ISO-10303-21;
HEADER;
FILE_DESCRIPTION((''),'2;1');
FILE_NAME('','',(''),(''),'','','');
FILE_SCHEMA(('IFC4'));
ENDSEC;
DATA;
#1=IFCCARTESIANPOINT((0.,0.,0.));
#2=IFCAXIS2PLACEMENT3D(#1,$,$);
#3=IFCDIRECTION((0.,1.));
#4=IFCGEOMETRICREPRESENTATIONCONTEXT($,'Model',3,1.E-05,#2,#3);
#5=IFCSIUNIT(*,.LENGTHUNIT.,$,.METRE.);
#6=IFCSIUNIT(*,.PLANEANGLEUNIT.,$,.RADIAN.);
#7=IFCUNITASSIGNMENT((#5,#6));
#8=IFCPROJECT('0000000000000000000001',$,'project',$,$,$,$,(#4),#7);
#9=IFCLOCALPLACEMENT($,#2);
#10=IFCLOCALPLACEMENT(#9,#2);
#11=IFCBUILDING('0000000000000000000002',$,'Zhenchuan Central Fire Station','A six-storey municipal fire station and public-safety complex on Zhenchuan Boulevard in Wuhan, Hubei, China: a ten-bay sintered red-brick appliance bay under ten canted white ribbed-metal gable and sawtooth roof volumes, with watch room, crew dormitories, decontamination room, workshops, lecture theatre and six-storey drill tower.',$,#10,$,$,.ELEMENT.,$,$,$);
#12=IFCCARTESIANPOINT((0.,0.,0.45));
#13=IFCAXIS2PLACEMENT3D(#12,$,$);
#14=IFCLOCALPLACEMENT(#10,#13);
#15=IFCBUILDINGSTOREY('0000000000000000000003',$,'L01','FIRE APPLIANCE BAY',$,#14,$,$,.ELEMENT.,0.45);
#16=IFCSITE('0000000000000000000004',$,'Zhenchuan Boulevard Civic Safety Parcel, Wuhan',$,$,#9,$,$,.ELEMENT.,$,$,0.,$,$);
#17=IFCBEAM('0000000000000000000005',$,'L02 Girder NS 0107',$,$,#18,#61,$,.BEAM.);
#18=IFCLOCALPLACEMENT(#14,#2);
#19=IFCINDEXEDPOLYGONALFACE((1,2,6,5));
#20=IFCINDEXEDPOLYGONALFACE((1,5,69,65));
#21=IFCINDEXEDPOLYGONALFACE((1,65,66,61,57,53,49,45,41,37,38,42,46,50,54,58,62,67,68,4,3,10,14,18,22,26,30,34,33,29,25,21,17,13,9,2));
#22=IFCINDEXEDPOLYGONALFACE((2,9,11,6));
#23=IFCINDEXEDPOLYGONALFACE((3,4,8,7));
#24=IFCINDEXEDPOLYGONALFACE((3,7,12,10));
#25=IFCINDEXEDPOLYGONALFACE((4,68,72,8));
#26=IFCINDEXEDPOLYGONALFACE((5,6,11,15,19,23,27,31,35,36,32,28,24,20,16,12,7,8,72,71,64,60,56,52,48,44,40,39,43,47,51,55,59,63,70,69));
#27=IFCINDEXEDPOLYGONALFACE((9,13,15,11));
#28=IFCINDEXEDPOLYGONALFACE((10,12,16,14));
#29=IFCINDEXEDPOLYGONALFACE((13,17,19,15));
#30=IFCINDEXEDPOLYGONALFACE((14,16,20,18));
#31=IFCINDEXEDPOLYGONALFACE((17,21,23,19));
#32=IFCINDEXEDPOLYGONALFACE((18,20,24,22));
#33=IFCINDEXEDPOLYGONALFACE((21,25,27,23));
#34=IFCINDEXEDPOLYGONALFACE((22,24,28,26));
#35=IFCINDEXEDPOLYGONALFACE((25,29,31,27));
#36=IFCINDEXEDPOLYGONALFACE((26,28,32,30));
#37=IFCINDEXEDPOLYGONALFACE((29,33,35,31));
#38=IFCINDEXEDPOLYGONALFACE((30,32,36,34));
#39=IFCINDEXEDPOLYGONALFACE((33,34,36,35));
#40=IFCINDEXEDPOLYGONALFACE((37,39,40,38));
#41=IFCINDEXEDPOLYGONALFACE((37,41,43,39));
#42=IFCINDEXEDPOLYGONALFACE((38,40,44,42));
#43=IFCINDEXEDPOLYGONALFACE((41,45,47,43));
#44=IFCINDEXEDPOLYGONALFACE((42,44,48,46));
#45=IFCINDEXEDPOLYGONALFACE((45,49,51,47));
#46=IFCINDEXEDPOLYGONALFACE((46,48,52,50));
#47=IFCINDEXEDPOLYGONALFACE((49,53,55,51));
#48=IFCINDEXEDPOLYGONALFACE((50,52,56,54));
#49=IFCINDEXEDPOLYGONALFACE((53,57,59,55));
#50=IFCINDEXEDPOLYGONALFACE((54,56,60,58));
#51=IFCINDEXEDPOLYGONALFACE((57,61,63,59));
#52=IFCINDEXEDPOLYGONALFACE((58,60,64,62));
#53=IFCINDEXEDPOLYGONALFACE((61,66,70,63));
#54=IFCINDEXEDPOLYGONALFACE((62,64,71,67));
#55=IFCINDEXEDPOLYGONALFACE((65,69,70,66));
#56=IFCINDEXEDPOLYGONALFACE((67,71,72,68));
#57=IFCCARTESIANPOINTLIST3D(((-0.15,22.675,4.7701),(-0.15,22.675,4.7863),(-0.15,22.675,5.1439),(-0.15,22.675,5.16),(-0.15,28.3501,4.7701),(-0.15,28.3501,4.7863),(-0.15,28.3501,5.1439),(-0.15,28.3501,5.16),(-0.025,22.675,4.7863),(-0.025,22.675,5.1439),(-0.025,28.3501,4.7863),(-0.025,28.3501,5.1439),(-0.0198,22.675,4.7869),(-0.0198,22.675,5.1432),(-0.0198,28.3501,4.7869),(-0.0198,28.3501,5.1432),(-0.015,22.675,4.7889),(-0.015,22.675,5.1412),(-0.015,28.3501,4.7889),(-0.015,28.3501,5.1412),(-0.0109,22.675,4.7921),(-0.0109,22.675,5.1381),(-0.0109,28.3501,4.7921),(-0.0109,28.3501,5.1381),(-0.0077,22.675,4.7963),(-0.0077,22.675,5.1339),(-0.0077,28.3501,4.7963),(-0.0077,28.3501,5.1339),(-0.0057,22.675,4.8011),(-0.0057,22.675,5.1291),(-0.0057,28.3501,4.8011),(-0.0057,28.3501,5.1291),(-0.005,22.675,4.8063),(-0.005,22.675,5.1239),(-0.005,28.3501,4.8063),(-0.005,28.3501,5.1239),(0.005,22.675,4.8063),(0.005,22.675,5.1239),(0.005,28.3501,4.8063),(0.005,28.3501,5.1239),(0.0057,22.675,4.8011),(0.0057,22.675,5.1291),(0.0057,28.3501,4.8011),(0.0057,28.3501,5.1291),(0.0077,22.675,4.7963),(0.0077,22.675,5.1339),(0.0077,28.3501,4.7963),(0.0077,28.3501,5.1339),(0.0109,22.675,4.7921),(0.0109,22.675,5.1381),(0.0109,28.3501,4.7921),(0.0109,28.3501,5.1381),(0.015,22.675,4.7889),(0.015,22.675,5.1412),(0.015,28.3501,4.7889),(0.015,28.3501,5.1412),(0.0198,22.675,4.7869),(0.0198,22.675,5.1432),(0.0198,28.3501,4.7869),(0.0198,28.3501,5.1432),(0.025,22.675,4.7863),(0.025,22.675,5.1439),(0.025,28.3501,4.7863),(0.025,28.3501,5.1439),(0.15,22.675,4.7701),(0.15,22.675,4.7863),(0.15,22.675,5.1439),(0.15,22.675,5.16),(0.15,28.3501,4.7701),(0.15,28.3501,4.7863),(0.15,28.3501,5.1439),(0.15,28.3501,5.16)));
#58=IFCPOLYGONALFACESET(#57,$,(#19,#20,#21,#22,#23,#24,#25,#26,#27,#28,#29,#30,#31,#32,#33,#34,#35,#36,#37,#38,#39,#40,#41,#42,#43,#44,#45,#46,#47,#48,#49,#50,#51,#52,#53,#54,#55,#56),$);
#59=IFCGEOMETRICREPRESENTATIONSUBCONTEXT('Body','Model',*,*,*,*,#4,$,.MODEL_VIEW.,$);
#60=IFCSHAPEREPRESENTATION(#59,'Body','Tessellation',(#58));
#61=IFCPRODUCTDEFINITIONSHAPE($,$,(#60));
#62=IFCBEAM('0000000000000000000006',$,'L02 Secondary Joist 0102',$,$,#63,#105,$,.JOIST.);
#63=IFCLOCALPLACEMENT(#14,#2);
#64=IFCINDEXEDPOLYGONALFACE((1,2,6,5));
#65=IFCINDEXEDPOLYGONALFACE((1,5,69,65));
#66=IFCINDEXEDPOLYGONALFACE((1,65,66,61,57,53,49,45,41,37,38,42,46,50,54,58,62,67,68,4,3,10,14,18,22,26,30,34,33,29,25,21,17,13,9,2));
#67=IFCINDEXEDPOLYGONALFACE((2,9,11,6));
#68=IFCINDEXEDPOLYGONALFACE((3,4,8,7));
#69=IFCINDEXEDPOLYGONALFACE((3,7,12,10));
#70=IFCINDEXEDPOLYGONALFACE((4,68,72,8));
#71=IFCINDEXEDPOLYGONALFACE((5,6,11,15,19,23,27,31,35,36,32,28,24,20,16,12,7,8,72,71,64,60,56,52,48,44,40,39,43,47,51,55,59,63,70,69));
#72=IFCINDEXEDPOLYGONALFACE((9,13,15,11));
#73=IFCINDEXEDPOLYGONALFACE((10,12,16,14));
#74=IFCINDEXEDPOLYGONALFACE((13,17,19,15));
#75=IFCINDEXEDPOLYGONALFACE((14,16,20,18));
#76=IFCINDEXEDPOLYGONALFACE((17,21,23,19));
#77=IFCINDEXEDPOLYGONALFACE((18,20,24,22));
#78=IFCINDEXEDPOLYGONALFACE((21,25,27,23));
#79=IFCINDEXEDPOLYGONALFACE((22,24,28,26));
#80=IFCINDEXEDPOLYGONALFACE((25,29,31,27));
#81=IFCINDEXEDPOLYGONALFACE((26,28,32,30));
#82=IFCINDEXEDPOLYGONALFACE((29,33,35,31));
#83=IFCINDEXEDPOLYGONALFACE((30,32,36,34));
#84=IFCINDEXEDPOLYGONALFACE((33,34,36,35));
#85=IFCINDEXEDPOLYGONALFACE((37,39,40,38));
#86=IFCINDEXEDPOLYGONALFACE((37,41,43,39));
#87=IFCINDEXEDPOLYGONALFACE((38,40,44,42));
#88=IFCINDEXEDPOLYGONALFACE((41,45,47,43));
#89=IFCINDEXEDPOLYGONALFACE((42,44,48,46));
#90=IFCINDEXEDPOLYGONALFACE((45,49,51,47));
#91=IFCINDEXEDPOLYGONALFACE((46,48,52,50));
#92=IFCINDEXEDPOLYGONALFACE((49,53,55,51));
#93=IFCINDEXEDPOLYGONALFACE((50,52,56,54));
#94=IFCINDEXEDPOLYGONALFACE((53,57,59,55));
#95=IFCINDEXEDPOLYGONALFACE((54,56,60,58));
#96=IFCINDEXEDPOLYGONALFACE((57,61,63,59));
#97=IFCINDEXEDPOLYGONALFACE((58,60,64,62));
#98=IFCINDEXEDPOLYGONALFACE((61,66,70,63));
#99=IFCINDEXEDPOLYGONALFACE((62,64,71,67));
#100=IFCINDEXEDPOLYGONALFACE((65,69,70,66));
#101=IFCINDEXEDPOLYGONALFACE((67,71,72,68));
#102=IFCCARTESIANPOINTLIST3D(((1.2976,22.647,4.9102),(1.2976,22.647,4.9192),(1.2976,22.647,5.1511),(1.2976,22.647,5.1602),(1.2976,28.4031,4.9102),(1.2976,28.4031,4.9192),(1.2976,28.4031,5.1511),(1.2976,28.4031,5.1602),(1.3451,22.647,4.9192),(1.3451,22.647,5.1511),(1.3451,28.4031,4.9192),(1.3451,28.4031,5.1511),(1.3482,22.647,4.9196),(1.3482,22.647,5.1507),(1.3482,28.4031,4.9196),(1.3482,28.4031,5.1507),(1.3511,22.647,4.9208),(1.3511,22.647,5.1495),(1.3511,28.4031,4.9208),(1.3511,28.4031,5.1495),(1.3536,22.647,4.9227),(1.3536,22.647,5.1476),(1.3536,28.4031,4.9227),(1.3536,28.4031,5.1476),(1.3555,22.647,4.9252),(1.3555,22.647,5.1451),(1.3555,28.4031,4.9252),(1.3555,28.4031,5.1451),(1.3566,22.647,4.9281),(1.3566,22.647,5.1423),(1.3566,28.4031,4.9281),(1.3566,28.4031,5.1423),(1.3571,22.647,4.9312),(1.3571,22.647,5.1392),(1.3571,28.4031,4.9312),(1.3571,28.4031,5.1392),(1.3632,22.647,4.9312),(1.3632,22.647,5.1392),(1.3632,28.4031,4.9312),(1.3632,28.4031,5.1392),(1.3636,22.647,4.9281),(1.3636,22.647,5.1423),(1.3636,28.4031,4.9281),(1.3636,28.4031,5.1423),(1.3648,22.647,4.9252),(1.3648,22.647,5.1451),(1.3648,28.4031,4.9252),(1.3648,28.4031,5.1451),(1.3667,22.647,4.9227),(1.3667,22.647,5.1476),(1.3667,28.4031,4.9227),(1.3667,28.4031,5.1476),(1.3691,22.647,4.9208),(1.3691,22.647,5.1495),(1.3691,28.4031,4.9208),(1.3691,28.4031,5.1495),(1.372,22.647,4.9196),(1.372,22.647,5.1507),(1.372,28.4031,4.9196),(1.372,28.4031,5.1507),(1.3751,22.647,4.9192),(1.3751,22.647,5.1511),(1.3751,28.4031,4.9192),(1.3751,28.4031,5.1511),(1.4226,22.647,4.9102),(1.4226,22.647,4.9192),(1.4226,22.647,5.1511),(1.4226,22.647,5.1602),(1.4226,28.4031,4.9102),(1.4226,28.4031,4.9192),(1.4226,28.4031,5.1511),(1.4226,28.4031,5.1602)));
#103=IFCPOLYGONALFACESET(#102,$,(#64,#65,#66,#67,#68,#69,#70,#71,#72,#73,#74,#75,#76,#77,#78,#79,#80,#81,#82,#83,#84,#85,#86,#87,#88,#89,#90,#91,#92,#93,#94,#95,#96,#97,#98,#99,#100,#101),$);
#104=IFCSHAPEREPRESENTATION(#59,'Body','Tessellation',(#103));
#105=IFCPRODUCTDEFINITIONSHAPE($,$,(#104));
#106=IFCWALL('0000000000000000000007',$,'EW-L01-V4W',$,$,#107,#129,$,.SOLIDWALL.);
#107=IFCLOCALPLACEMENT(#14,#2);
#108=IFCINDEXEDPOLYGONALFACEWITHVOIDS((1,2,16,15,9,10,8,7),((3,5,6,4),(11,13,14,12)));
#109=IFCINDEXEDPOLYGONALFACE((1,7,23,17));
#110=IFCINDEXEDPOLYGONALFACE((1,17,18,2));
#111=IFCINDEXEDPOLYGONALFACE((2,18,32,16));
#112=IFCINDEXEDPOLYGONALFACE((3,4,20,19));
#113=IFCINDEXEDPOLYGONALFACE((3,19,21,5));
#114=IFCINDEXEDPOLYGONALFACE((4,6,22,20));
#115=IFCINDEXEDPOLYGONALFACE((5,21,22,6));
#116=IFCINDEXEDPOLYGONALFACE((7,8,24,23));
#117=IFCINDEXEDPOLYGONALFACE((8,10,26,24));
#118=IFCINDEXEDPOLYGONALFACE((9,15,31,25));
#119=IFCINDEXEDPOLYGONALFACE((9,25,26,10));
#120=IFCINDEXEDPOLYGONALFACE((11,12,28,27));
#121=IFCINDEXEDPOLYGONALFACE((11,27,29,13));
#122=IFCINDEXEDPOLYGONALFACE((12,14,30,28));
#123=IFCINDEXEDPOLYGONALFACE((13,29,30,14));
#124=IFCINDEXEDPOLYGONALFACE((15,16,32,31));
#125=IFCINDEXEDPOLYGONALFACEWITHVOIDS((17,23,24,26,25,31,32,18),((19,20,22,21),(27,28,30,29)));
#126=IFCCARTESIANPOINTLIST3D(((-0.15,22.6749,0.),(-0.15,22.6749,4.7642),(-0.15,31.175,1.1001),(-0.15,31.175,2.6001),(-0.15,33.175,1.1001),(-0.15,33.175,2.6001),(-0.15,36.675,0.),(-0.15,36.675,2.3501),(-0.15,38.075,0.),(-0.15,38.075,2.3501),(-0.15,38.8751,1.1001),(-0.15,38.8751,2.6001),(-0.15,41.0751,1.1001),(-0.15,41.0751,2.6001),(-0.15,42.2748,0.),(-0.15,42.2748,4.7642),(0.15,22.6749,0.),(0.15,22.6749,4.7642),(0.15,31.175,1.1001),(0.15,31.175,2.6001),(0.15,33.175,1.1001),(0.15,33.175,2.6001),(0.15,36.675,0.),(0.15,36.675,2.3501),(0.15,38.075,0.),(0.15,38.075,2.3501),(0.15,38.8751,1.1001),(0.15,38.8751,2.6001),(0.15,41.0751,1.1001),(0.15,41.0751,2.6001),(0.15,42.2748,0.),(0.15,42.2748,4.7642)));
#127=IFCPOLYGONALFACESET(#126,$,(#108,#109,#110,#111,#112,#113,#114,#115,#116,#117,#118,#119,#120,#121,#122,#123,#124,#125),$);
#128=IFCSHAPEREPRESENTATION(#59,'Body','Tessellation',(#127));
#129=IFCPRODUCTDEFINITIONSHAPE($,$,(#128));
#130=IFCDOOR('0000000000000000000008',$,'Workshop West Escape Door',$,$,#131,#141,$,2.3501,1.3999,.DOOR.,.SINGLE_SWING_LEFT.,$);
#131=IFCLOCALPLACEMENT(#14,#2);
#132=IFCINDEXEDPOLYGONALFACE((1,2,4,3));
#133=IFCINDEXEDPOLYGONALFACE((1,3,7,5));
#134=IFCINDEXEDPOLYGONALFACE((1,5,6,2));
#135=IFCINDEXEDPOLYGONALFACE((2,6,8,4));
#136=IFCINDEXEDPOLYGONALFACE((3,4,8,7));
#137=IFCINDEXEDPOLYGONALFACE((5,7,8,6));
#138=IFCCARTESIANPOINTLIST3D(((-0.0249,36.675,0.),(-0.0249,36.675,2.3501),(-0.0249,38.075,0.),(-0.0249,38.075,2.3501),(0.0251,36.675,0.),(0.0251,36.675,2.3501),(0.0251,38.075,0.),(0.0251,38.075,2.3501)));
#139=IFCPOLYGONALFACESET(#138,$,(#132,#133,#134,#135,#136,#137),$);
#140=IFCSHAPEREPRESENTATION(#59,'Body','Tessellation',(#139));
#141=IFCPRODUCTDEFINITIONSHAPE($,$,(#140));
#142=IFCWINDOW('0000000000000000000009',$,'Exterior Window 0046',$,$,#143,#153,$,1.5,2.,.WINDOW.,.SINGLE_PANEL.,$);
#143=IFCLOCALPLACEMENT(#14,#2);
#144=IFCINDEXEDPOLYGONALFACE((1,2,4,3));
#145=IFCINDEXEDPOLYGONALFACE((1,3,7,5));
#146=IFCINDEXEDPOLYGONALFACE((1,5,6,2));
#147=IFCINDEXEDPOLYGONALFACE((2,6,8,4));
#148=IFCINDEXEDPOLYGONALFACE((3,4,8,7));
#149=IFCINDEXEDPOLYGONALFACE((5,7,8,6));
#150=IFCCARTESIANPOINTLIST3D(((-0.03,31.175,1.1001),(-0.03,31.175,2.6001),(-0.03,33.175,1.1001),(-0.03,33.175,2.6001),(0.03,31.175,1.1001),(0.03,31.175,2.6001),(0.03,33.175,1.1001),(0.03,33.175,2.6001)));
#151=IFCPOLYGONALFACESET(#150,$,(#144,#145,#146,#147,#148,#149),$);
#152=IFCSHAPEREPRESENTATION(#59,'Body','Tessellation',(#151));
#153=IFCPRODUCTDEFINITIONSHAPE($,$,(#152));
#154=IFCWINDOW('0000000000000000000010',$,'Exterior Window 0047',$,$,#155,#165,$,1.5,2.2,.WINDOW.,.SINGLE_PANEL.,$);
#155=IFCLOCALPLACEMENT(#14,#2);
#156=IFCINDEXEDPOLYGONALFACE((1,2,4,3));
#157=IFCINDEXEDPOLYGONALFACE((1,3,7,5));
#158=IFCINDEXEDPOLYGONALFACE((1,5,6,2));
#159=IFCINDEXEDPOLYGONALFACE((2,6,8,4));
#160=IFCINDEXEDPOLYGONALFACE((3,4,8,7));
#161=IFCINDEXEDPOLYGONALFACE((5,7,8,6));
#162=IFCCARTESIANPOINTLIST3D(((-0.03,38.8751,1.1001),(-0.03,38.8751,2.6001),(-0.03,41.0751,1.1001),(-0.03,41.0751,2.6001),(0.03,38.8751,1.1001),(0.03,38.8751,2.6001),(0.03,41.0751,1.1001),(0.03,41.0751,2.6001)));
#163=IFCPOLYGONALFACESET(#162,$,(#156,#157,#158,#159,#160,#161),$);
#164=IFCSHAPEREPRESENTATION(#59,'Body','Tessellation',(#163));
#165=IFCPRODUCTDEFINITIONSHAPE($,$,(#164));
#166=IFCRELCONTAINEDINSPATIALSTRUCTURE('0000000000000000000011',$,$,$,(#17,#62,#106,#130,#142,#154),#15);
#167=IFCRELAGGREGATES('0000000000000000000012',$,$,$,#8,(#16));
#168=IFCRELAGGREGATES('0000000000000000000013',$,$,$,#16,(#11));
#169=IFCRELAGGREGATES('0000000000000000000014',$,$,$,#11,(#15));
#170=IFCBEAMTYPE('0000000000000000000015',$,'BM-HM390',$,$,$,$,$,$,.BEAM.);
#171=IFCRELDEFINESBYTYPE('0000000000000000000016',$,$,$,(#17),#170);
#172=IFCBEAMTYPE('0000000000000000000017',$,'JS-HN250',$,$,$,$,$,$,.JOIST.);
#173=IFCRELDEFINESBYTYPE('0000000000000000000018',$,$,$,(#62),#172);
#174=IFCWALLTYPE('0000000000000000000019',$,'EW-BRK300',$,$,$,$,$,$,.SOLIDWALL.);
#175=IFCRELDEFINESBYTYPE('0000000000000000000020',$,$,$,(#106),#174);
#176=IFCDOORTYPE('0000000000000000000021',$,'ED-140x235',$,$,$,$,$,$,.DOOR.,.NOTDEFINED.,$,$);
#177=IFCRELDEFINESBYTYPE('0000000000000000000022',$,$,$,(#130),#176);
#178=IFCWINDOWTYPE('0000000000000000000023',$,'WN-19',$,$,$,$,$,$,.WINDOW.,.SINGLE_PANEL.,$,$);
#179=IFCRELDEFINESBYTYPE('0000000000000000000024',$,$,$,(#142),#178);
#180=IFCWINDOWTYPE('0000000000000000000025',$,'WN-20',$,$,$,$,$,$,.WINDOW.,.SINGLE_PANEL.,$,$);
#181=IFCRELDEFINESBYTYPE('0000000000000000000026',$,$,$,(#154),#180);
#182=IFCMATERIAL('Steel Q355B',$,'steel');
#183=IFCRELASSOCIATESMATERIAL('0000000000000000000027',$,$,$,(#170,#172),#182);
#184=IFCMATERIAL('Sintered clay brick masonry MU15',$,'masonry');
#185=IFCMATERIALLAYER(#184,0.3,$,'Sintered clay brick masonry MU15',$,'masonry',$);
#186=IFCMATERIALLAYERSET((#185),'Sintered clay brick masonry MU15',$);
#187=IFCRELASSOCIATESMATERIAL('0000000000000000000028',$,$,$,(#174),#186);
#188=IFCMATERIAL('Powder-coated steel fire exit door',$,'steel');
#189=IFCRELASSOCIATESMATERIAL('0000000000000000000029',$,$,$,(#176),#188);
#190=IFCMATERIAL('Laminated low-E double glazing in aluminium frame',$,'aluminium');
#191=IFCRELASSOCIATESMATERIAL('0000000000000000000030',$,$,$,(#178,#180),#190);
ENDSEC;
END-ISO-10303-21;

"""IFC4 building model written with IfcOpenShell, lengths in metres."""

from ifc_helpers import new_model, si_unit, direction, frame, frame_2d, origin, origin_2d, place, context, subcontext, project, spatial, rectangle, i_section, extrude, material, layer, layer_set, material_profile, profile_set, type_object, element, fill, save


model = new_model("IFC4")

# Units and contexts
model_context = context("Model", 3, precision=1e-05, world=origin(), true_north=direction((0.0, 1.0)))
body_context = subcontext(model_context, "Body", "Model", "MODEL_VIEW")
ifc_project = project(units=[si_unit("LENGTHUNIT", "METRE"), si_unit("PLANEANGLEUNIT", "RADIAN")], contexts=[model_context])

# Site, building, storey
site_placement = place(None, origin())
site = spatial("IfcSite", under=ifc_project, at=site_placement, Name="Zhenchuan Boulevard Civic Safety Parcel, Wuhan", CompositionType="ELEMENT", RefElevation=0.0)
building_placement = place(site_placement, origin())
building = spatial("IfcBuilding", under=site, at=building_placement, Name="Zhenchuan Central Fire Station", Description="A six-storey municipal fire station and public-safety complex on Zhenchuan Boulevard in Wuhan, Hubei, China: a ten-bay sintered red-brick appliance bay under ten canted white ribbed-metal gable and sawtooth roof volumes, with watch room, crew dormitories, decontamination room, workshops, lecture theatre and six-storey drill tower.", CompositionType="ELEMENT")
storey_placement = place(building_placement, frame((0.0, 0.0, 0.45)))
storey = spatial("IfcBuildingStorey", under=building, at=storey_placement, Name="L01", Description="FIRE APPLIANCE BAY", CompositionType="ELEMENT", Elevation=0.45)

# Shared definitions
ifc_material_1 = material(Name="Steel Q355B", Category="steel")

# Beams
ifc_material_profile_1 = material_profile(ifc_material_1, i_section(OverallWidth=0.3, OverallDepth=0.3899, WebThickness=0.01, FlangeThickness=0.0161, FilletRadius=0.02, at=origin_2d()), Name="HM 390x300")
ifc_profile_set_1 = profile_set([ifc_material_profile_1], Name="Steel Q355B")
beam_type_1 = type_object("IfcBeamType", Name="BM-HM390", PredefinedType="BEAM", material=ifc_profile_set_1)
beam_1_placement = place(storey_placement, frame((0.0, 22.675, 4.9651), z_axis=(0.0, 1.0, 0.0), x_axis=(-1.0, 0.0, 0.0)))
element("IfcBeam", 1, at=beam_1_placement, inside=storey, type_object=beam_type_1, Name="L02 Girder NS 0107", PredefinedType="BEAM", context=body_context, shape_type="SweptSolid", body=[
    extrude(i_section(OverallWidth=0.3, OverallDepth=0.3899, WebThickness=0.01, FlangeThickness=0.0161, FilletRadius=0.02, at=origin_2d()), origin(), (0.0, 0.0, 1.0), 5.675),
])
ifc_material_profile_2 = material_profile(ifc_material_1, i_section(OverallWidth=0.125, OverallDepth=0.25, WebThickness=0.0061, FlangeThickness=0.009, FilletRadius=0.012, at=origin_2d()), Name="HN 250x125")
ifc_profile_set_2 = profile_set([ifc_material_profile_2], Name="Steel Q355B")
beam_type_2 = type_object("IfcBeamType", Name="JS-HN250", PredefinedType="JOIST", material=ifc_profile_set_2)
beam_2_placement = place(storey_placement, frame((1.3601, 22.647, 5.0352), z_axis=(0.0, 1.0, 0.0), x_axis=(-1.0, 0.0, 0.0)))
element("IfcBeam", 2, at=beam_2_placement, inside=storey, type_object=beam_type_2, Name="L02 Secondary Joist 0102", PredefinedType="JOIST", context=body_context, shape_type="SweptSolid", body=[
    extrude(i_section(OverallWidth=0.125, OverallDepth=0.25, WebThickness=0.0061, FlangeThickness=0.009, FilletRadius=0.012, at=origin_2d()), origin(), (0.0, 0.0, 1.0), 5.7561),
])

# Wall, openings, door, windows
ifc_material_2 = material(Name="Sintered clay brick masonry MU15", Category="masonry")
ifc_layer_1 = layer(ifc_material_2, 0.3, Name="Sintered clay brick masonry MU15", Category="masonry")
ifc_layer_set_1 = layer_set([ifc_layer_1], Name="Sintered clay brick masonry MU15")
wall_type_1 = type_object("IfcWallType", Name="EW-BRK300", PredefinedType="SOLIDWALL", material=ifc_layer_set_1)
wall_1_placement = place(storey_placement, frame((0.0, 22.675, 0.0), z_axis=(0.0, 0.0, 1.0), x_axis=(0.0, 1.0, 0.0)))
wall_1 = element("IfcWall", 3, at=wall_1_placement, inside=storey, type_object=wall_type_1, Name="EW-L01-V4W", PredefinedType="SOLIDWALL", context=body_context, shape_type="SweptSolid", body=[
    extrude(rectangle(XDim=19.5999, YDim=0.3, at=frame_2d((9.7998, 0.0))), origin(), (0.0, 0.0, 1.0), 4.7642),
])
opening_1_placement = place(wall_1_placement, frame((14.0, 0.0, 0.0)))
opening_1 = element("IfcOpeningElement", 4, at=opening_1_placement, cuts=wall_1, PredefinedType="OPENING", context=body_context, shape_type="SweptSolid", body=[
    extrude(rectangle(XDim=1.3999, YDim=2.3501, at=frame_2d((0.7, 1.175))), frame((0.0, 0.1599, 0.0), z_axis=(0.0, -1.0, 0.0), x_axis=(1.0, 0.0, 0.0)), (0.0, 0.0, 1.0), 0.3201),
])
opening_2_placement = place(wall_1_placement, frame((8.5, 0.0, 1.1001)))
opening_2 = element("IfcOpeningElement", 5, at=opening_2_placement, cuts=wall_1, PredefinedType="OPENING", context=body_context, shape_type="SweptSolid", body=[
    extrude(rectangle(XDim=2.0, YDim=1.5, at=frame_2d((1.0, 0.75))), frame((0.0, 0.1599, 0.0), z_axis=(0.0, -1.0, 0.0), x_axis=(1.0, 0.0, 0.0)), (0.0, 0.0, 1.0), 0.3201),
])
opening_3_placement = place(wall_1_placement, frame((16.2, 0.0, 1.1001)))
opening_3 = element("IfcOpeningElement", 6, at=opening_3_placement, cuts=wall_1, PredefinedType="OPENING", context=body_context, shape_type="SweptSolid", body=[
    extrude(rectangle(XDim=2.2, YDim=1.5, at=frame_2d((1.1001, 0.75))), frame((0.0, 0.1599, 0.0), z_axis=(0.0, -1.0, 0.0), x_axis=(1.0, 0.0, 0.0)), (0.0, 0.0, 1.0), 0.3201),
])
ifc_material_3 = material(Name="Powder-coated steel fire exit door", Category="steel")
door_type_1 = type_object("IfcDoorType", Name="ED-140x235", OperationType="NOTDEFINED", PredefinedType="DOOR", material=ifc_material_3)
door_1_placement = place(opening_1_placement, origin())
door_1 = element("IfcDoor", 7, at=door_1_placement, inside=storey, type_object=door_type_1, Name="Workshop West Escape Door", OperationType="SINGLE_SWING_LEFT", OverallHeight=2.3501, OverallWidth=1.3999, PredefinedType="DOOR", context=body_context, shape_type="SweptSolid", body=[
    extrude(rectangle(XDim=1.3999, YDim=2.3501, at=frame_2d((0.7, 1.175))), frame((0.0, 0.0249, 0.0), z_axis=(0.0, -1.0, 0.0), x_axis=(1.0, 0.0, 0.0)), (0.0, 0.0, 1.0), 0.05),
])
fill(opening_1, door_1)
ifc_material_4 = material(Name="Laminated low-E double glazing in aluminium frame", Category="aluminium")
window_type_1 = type_object("IfcWindowType", Name="WN-19", PartitioningType="SINGLE_PANEL", PredefinedType="WINDOW", material=ifc_material_4)
window_1_placement = place(opening_2_placement, origin())
window_1 = element("IfcWindow", 8, at=window_1_placement, inside=storey, type_object=window_type_1, Name="Exterior Window 0046", OverallHeight=1.5, OverallWidth=2.0, PartitioningType="SINGLE_PANEL", PredefinedType="WINDOW", context=body_context, shape_type="SweptSolid", body=[
    extrude(rectangle(XDim=2.0, YDim=1.5, at=frame_2d((1.0, 0.75))), frame((0.0, 0.03, 0.0), z_axis=(0.0, -1.0, 0.0), x_axis=(1.0, 0.0, 0.0)), (0.0, 0.0, 1.0), 0.0601),
])
fill(opening_2, window_1)
window_type_2 = type_object("IfcWindowType", Name="WN-20", PartitioningType="SINGLE_PANEL", PredefinedType="WINDOW", material=ifc_material_4)
window_2_placement = place(opening_3_placement, origin())
window_2 = element("IfcWindow", 9, at=window_2_placement, inside=storey, type_object=window_type_2, Name="Exterior Window 0047", OverallHeight=1.5, OverallWidth=2.2, PartitioningType="SINGLE_PANEL", PredefinedType="WINDOW", context=body_context, shape_type="SweptSolid", body=[
    extrude(rectangle(XDim=2.2, YDim=1.5, at=frame_2d((1.1001, 0.75))), frame((0.0, 0.03, 0.0), z_axis=(0.0, -1.0, 0.0), x_axis=(1.0, 0.0, 0.0)), (0.0, 0.0, 1.0), 0.0601),
])
fill(opening_3, window_2)

save(model, "model.ifc")
